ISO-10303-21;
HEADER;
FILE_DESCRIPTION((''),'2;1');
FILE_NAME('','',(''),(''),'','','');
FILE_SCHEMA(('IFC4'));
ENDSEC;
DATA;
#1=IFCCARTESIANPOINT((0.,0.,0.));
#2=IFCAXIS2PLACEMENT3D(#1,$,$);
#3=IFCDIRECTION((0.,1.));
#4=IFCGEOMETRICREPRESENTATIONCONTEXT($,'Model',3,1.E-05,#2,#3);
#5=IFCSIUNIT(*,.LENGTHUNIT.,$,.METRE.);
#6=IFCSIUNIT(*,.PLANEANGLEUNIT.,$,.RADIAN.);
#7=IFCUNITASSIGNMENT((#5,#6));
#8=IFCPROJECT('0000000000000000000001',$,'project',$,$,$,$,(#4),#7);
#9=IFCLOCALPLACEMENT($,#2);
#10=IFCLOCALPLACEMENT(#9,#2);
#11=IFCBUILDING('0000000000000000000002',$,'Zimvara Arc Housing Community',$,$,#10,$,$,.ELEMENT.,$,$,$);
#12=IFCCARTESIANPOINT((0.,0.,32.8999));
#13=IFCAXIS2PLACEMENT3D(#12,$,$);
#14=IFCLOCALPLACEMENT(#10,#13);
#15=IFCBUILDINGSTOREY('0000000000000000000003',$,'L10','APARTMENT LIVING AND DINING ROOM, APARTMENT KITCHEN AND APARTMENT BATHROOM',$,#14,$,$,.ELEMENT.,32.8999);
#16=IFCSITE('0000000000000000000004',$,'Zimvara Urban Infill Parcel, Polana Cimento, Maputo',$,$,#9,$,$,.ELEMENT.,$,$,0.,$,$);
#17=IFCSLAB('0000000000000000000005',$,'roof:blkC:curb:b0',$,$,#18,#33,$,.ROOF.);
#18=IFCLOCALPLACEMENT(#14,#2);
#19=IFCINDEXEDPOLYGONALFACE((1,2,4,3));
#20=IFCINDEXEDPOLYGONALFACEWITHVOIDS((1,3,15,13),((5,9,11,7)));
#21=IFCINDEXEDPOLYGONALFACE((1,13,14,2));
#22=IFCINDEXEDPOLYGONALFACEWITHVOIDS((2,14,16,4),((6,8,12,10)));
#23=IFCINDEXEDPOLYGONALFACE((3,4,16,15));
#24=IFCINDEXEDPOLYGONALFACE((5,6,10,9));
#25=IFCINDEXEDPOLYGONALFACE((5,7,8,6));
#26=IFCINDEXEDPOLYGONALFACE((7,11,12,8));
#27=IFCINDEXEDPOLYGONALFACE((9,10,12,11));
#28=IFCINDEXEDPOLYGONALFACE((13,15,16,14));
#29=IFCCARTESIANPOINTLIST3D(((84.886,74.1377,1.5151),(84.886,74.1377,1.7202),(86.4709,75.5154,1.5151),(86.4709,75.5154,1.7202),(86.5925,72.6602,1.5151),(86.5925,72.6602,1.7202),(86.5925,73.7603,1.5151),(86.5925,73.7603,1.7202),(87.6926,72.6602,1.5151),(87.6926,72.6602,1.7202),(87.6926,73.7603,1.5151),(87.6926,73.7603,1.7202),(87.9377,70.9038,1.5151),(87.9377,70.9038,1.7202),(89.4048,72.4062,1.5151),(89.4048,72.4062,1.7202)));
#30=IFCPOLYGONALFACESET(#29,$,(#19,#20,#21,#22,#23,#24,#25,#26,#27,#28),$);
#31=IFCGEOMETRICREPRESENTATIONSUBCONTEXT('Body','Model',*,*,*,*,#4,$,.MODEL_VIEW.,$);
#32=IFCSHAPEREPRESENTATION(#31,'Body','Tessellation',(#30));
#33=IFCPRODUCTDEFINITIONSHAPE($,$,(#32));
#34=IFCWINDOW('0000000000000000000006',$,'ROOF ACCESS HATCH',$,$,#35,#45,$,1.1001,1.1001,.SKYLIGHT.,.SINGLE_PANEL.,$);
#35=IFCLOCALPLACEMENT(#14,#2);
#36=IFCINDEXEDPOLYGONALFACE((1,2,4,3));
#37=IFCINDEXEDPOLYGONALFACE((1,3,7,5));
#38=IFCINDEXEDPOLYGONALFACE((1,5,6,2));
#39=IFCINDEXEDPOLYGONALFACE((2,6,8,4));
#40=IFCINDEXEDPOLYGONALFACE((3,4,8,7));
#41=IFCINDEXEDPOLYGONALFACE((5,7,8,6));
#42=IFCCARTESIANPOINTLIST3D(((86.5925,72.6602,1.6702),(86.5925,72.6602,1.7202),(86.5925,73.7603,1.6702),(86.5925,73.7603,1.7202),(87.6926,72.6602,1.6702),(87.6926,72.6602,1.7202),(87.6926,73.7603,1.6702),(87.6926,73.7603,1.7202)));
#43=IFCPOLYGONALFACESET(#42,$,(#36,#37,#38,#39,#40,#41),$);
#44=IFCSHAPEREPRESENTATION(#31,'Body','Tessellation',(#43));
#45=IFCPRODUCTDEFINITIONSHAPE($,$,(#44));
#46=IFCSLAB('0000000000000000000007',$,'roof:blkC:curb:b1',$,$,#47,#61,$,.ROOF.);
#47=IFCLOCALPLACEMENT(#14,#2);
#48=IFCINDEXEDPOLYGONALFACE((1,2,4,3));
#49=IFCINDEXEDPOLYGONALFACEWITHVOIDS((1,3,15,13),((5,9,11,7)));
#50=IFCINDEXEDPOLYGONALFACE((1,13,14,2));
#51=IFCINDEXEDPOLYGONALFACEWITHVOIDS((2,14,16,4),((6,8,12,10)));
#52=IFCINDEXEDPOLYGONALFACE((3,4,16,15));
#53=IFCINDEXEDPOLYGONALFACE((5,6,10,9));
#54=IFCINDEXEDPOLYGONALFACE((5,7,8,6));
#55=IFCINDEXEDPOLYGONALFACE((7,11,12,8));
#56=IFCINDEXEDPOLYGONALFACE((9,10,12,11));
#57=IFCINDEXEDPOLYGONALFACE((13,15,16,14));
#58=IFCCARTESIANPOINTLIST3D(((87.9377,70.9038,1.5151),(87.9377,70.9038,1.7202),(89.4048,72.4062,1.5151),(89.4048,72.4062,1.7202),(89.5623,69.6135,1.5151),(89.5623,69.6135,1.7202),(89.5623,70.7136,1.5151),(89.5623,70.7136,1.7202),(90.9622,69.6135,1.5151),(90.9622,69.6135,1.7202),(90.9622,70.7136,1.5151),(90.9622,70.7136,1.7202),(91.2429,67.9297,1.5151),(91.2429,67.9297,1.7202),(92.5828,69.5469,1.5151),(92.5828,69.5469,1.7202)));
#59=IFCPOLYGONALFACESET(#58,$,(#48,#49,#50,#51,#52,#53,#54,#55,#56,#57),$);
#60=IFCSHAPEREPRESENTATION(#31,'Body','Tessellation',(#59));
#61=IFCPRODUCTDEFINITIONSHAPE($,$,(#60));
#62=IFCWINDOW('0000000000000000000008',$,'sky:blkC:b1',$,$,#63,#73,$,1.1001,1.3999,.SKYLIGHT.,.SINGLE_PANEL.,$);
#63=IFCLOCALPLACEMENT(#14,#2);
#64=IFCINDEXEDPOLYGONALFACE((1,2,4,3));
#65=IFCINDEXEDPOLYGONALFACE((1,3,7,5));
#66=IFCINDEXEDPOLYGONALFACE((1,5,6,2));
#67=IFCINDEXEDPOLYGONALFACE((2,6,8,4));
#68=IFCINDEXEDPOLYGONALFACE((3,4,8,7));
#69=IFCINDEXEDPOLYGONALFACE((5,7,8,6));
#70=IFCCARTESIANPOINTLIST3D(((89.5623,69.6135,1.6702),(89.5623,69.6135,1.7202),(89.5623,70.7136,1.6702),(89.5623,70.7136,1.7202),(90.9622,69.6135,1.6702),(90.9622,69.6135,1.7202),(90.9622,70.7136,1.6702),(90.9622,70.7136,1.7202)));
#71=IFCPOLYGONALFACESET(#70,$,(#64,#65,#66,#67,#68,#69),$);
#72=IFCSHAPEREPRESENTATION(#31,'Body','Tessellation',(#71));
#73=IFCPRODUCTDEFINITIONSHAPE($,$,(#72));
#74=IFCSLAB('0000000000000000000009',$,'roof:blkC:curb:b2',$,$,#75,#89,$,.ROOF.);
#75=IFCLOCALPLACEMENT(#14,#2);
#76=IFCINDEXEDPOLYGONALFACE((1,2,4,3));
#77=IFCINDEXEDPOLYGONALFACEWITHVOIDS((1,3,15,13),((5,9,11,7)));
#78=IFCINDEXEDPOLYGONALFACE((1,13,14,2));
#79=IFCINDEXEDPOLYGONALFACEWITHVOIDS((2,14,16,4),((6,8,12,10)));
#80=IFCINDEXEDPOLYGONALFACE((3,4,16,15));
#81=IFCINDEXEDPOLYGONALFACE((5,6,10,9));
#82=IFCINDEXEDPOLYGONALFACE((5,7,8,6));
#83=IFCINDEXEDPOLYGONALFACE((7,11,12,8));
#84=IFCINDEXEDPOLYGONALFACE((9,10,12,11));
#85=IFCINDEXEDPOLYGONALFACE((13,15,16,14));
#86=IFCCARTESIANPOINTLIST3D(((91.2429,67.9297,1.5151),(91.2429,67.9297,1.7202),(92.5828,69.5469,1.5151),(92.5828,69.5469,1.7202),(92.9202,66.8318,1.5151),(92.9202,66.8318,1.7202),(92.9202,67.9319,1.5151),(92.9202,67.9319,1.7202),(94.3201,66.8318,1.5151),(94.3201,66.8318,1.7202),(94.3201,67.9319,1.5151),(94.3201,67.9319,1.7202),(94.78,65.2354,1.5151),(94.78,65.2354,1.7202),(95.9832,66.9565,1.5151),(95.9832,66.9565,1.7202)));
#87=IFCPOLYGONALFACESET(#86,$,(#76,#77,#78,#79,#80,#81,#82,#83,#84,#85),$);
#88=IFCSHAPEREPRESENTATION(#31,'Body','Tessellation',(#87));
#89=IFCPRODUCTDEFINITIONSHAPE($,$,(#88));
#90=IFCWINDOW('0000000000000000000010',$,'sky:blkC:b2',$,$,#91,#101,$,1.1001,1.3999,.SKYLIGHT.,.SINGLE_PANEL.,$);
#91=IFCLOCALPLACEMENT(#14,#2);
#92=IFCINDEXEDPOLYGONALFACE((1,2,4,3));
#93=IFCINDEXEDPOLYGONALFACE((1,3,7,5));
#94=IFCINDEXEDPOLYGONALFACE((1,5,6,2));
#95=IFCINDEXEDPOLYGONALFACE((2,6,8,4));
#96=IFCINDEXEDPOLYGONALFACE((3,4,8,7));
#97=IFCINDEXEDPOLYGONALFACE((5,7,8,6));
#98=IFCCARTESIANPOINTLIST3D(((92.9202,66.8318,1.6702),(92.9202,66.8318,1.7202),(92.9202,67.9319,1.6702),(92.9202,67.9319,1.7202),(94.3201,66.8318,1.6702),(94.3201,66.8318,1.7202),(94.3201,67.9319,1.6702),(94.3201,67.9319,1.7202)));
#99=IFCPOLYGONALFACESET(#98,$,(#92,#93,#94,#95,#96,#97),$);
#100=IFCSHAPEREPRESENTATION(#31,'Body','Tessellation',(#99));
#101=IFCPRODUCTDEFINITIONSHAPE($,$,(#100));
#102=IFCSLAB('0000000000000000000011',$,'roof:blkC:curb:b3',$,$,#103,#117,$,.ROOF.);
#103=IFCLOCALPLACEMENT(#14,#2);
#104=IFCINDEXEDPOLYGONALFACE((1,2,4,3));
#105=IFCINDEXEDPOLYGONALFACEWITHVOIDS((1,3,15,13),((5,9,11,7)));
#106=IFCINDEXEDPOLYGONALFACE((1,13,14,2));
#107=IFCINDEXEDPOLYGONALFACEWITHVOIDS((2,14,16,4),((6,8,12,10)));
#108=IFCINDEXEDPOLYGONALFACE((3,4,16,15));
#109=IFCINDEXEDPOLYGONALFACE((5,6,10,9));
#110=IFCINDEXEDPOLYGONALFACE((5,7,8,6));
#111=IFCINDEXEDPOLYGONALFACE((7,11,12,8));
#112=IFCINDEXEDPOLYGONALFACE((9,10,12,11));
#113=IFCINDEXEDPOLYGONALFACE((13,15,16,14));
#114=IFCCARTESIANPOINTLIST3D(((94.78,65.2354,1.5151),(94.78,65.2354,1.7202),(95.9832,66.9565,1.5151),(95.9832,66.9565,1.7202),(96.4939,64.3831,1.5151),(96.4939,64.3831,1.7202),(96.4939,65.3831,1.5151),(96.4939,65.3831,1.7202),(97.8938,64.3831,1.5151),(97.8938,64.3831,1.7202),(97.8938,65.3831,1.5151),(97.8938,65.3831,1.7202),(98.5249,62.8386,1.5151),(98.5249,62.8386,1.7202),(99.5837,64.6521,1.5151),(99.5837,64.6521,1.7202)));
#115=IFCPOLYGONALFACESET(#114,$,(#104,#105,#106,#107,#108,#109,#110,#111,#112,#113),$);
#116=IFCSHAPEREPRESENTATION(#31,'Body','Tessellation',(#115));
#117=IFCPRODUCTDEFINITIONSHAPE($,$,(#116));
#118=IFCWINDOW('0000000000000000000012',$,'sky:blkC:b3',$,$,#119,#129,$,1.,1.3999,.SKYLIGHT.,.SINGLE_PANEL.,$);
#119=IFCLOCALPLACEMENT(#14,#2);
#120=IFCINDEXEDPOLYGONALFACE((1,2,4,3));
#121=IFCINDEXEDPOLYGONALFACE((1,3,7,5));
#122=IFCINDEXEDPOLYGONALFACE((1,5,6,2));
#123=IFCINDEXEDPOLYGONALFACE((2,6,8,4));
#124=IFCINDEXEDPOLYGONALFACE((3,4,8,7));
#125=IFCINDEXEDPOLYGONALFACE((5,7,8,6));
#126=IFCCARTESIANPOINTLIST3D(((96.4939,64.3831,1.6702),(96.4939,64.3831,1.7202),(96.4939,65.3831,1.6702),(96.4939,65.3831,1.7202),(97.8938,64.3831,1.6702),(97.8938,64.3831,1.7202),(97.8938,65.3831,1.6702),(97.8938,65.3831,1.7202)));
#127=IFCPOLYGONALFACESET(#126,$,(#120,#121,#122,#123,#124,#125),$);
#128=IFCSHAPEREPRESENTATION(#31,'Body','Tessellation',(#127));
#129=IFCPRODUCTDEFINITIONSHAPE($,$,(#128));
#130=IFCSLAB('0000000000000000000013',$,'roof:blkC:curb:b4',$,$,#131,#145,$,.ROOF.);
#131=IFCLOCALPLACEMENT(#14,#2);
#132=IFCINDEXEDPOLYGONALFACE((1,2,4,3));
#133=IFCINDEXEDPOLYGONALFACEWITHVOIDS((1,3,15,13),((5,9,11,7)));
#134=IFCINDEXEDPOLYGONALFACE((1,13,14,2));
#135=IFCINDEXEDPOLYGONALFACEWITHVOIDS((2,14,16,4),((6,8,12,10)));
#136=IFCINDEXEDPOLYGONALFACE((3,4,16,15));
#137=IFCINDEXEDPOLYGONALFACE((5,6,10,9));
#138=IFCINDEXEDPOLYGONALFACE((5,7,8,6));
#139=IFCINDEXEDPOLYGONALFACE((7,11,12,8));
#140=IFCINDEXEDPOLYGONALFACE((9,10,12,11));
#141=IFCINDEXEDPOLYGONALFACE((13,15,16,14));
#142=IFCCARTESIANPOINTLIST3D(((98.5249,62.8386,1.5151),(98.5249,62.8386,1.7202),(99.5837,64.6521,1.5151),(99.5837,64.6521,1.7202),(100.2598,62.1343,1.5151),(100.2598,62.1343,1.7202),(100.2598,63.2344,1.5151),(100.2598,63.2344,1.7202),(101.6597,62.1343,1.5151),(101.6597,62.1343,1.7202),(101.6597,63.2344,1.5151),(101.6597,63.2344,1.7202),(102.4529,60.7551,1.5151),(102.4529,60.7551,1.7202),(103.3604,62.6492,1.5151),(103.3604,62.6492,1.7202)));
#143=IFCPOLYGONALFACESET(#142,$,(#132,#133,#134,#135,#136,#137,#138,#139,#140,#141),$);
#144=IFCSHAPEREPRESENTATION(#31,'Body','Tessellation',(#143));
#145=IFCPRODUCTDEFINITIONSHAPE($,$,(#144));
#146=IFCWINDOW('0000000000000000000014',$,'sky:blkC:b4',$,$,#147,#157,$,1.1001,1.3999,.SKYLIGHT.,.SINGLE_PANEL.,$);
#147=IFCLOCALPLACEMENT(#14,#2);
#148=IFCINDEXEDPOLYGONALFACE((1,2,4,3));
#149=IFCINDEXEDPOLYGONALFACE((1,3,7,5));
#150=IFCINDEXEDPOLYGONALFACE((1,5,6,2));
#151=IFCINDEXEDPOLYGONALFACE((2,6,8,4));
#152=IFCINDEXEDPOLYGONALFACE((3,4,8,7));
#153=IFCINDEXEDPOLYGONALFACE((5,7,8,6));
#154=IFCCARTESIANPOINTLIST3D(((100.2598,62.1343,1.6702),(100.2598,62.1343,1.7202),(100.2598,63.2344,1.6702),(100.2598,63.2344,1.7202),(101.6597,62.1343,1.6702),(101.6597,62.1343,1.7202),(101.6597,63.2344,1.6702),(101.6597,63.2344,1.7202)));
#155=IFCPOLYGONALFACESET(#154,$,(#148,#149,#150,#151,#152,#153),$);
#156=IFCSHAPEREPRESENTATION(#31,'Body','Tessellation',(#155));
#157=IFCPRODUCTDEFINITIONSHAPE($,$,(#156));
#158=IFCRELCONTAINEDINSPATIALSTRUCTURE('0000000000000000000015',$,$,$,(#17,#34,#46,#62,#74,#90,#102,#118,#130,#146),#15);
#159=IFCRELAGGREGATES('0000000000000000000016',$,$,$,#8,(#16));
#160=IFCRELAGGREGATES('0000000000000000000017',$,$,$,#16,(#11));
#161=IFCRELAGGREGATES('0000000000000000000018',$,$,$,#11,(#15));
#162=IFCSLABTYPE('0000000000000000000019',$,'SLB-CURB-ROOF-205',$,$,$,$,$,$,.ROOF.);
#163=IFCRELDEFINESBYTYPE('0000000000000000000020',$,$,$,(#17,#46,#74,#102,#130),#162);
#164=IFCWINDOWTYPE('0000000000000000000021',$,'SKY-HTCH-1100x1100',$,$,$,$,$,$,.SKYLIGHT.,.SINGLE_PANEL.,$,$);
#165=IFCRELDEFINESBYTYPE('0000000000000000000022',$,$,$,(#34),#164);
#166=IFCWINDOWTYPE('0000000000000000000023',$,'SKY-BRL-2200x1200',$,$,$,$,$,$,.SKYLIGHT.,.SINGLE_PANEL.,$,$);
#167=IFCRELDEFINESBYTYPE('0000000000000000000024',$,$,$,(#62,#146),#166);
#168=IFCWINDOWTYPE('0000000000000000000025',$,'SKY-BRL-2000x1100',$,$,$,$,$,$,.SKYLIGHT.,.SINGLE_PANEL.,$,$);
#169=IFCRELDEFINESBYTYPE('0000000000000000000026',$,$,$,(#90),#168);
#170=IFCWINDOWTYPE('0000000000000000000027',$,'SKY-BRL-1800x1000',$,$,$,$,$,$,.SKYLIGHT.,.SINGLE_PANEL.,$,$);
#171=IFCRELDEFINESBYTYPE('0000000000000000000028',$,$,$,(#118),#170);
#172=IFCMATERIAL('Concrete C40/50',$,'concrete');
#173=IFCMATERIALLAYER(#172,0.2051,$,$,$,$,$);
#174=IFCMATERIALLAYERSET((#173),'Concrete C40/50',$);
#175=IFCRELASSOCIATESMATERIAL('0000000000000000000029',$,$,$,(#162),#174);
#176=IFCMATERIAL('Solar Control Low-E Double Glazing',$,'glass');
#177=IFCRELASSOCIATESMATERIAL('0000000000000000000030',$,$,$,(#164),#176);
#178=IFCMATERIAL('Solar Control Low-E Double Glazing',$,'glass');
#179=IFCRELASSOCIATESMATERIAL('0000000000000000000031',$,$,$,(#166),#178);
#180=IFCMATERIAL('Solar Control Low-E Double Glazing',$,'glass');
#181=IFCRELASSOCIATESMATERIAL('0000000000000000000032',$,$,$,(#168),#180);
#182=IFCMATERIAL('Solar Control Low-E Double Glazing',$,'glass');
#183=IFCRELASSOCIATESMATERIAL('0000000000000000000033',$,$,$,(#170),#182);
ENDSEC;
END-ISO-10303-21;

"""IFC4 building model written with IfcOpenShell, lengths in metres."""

from ifc_helpers import new_model, si_unit, direction, frame, origin, origin_2d, place, context, subcontext, project, spatial, polyline, rectangle, outline, extrude, material, layer, layer_set, type_object, element, fill, save


model = new_model("IFC4")

# Units and contexts
model_context = context("Model", 3, precision=1e-05, world=origin(), true_north=direction((0.0, 1.0)))
body_context = subcontext(model_context, "Body", "Model", "MODEL_VIEW")
ifc_project = project(units=[si_unit("LENGTHUNIT", "METRE"), si_unit("PLANEANGLEUNIT", "RADIAN")], contexts=[model_context])

# Site, building, storey
site_placement = place(None, origin())
site = spatial("IfcSite", under=ifc_project, at=site_placement, Name="Zimvara Urban Infill Parcel, Polana Cimento, Maputo", CompositionType="ELEMENT", RefElevation=0.0)
building_placement = place(site_placement, origin())
building = spatial("IfcBuilding", under=site, at=building_placement, Name="Zimvara Arc Housing Community", CompositionType="ELEMENT")
storey_placement = place(building_placement, frame((0.0, 0.0, 32.8999)))
storey = spatial("IfcBuildingStorey", under=building, at=storey_placement, Name="L10", Description="APARTMENT LIVING AND DINING ROOM, APARTMENT KITCHEN AND APARTMENT BATHROOM", CompositionType="ELEMENT", Elevation=32.8999)

# Slabs, openings, windows
ifc_material_1 = material(Name="Concrete C40/50", Category="concrete")
ifc_layer_1 = layer(ifc_material_1, 0.2051)
ifc_layer_set_1 = layer_set([ifc_layer_1], Name="Concrete C40/50")
slab_type_1 = type_object("IfcSlabType", Name="SLB-CURB-ROOF-205", PredefinedType="ROOF", material=ifc_layer_set_1)
slab_1_placement = place(storey_placement, frame((0.0, 0.0, 1.5151)))
slab_1 = element("IfcSlab", 1, at=slab_1_placement, inside=storey, type_object=slab_type_1, Name="roof:blkC:curb:b0", PredefinedType="ROOF", context=body_context, shape_type="SweptSolid", body=[
    extrude(outline(polyline([(84.886, 74.1377), (87.9377, 70.9038), (89.4048, 72.4062), (86.4709, 75.5154), (84.886, 74.1377)])), origin(), (0.0, 0.0, 1.0), 0.2051),
])
opening_1_placement = place(slab_1_placement, frame((87.1426, 73.2102, 0.0)))
opening_1 = element("IfcOpeningElement", 2, at=opening_1_placement, cuts=slab_1, PredefinedType="OPENING", context=body_context, shape_type="SweptSolid", body=[
    extrude(rectangle(XDim=1.1001, YDim=1.1001, at=origin_2d()), origin(), (0.0, 0.0, 1.0), 0.2051),
])
ifc_material_2 = material(Name="Solar Control Low-E Double Glazing", Category="glass")
window_type_1 = type_object("IfcWindowType", Name="SKY-HTCH-1100x1100", PartitioningType="SINGLE_PANEL", PredefinedType="SKYLIGHT", material=ifc_material_2)
window_1_placement = place(opening_1_placement, frame((0.0, 0.0, 0.155)))
window_1 = element("IfcWindow", 3, at=window_1_placement, inside=storey, type_object=window_type_1, Name="ROOF ACCESS HATCH", OverallHeight=1.1001, OverallWidth=1.1001, PartitioningType="SINGLE_PANEL", PredefinedType="SKYLIGHT", context=body_context, shape_type="SweptSolid", body=[
    extrude(rectangle(XDim=1.1001, YDim=1.1001, at=origin_2d()), origin(), (0.0, 0.0, 1.0), 0.05),
])
fill(opening_1, window_1)
slab_2_placement = place(storey_placement, frame((0.0, 0.0, 1.5151)))
slab_2 = element("IfcSlab", 4, at=slab_2_placement, inside=storey, type_object=slab_type_1, Name="roof:blkC:curb:b1", PredefinedType="ROOF", context=body_context, shape_type="SweptSolid", body=[
    extrude(outline(polyline([(87.9377, 70.9038), (91.2429, 67.9297), (92.5828, 69.5469), (89.4048, 72.4062), (87.9377, 70.9038)])), origin(), (0.0, 0.0, 1.0), 0.2051),
])
opening_2_placement = place(slab_2_placement, frame((90.2622, 70.1636, 0.0)))
opening_2 = element("IfcOpeningElement", 5, at=opening_2_placement, cuts=slab_2, PredefinedType="OPENING", context=body_context, shape_type="SweptSolid", body=[
    extrude(rectangle(XDim=1.3999, YDim=1.1001, at=origin_2d()), origin(), (0.0, 0.0, 1.0), 0.2051),
])
ifc_material_3 = material(Name="Solar Control Low-E Double Glazing", Category="glass")
window_type_2 = type_object("IfcWindowType", Name="SKY-BRL-2200x1200", PartitioningType="SINGLE_PANEL", PredefinedType="SKYLIGHT", material=ifc_material_3)
window_2_placement = place(opening_2_placement, frame((0.0, 0.0, 0.155)))
window_2 = element("IfcWindow", 6, at=window_2_placement, inside=storey, type_object=window_type_2, Name="sky:blkC:b1", OverallHeight=1.1001, OverallWidth=1.3999, PartitioningType="SINGLE_PANEL", PredefinedType="SKYLIGHT", context=body_context, shape_type="SweptSolid", body=[
    extrude(rectangle(XDim=1.3999, YDim=1.1001, at=origin_2d()), origin(), (0.0, 0.0, 1.0), 0.05),
])
fill(opening_2, window_2)
slab_3_placement = place(storey_placement, frame((0.0, 0.0, 1.5151)))
slab_3 = element("IfcSlab", 7, at=slab_3_placement, inside=storey, type_object=slab_type_1, Name="roof:blkC:curb:b2", PredefinedType="ROOF", context=body_context, shape_type="SweptSolid", body=[
    extrude(outline(polyline([(91.2429, 67.9297), (94.78, 65.2354), (95.9832, 66.9565), (92.5828, 69.5469), (91.2429, 67.9297)])), origin(), (0.0, 0.0, 1.0), 0.2051),
])
opening_3_placement = place(slab_3_placement, frame((93.6201, 67.3818, 0.0)))
opening_3 = element("IfcOpeningElement", 8, at=opening_3_placement, cuts=slab_3, PredefinedType="OPENING", context=body_context, shape_type="SweptSolid", body=[
    extrude(rectangle(XDim=1.3999, YDim=1.1001, at=origin_2d()), origin(), (0.0, 0.0, 1.0), 0.2051),
])
ifc_material_4 = material(Name="Solar Control Low-E Double Glazing", Category="glass")
window_type_3 = type_object("IfcWindowType", Name="SKY-BRL-2000x1100", PartitioningType="SINGLE_PANEL", PredefinedType="SKYLIGHT", material=ifc_material_4)
window_3_placement = place(opening_3_placement, frame((0.0, 0.0, 0.155)))
window_3 = element("IfcWindow", 9, at=window_3_placement, inside=storey, type_object=window_type_3, Name="sky:blkC:b2", OverallHeight=1.1001, OverallWidth=1.3999, PartitioningType="SINGLE_PANEL", PredefinedType="SKYLIGHT", context=body_context, shape_type="SweptSolid", body=[
    extrude(rectangle(XDim=1.3999, YDim=1.1001, at=origin_2d()), origin(), (0.0, 0.0, 1.0), 0.05),
])
fill(opening_3, window_3)
slab_4_placement = place(storey_placement, frame((0.0, 0.0, 1.5151)))
slab_4 = element("IfcSlab", 10, at=slab_4_placement, inside=storey, type_object=slab_type_1, Name="roof:blkC:curb:b3", PredefinedType="ROOF", context=body_context, shape_type="SweptSolid", body=[
    extrude(outline(polyline([(94.78, 65.2354), (98.5249, 62.8386), (99.5837, 64.6521), (95.9832, 66.9565), (94.78, 65.2354)])), origin(), (0.0, 0.0, 1.0), 0.2051),
])
opening_4_placement = place(slab_4_placement, frame((97.1938, 64.8831, 0.0)))
opening_4 = element("IfcOpeningElement", 11, at=opening_4_placement, cuts=slab_4, PredefinedType="OPENING", context=body_context, shape_type="SweptSolid", body=[
    extrude(rectangle(XDim=1.3999, YDim=1.0, at=origin_2d()), origin(), (0.0, 0.0, 1.0), 0.2051),
])
ifc_material_5 = material(Name="Solar Control Low-E Double Glazing", Category="glass")
window_type_4 = type_object("IfcWindowType", Name="SKY-BRL-1800x1000", PartitioningType="SINGLE_PANEL", PredefinedType="SKYLIGHT", material=ifc_material_5)
window_4_placement = place(opening_4_placement, frame((0.0, 0.0, 0.155)))
window_4 = element("IfcWindow", 12, at=window_4_placement, inside=storey, type_object=window_type_4, Name="sky:blkC:b3", OverallHeight=1.0, OverallWidth=1.3999, PartitioningType="SINGLE_PANEL", PredefinedType="SKYLIGHT", context=body_context, shape_type="SweptSolid", body=[
    extrude(rectangle(XDim=1.3999, YDim=1.0, at=origin_2d()), origin(), (0.0, 0.0, 1.0), 0.05),
])
fill(opening_4, window_4)
slab_5_placement = place(storey_placement, frame((0.0, 0.0, 1.5151)))
slab_5 = element("IfcSlab", 13, at=slab_5_placement, inside=storey, type_object=slab_type_1, Name="roof:blkC:curb:b4", PredefinedType="ROOF", context=body_context, shape_type="SweptSolid", body=[
    extrude(outline(polyline([(98.5249, 62.8386), (102.4529, 60.7551), (103.3604, 62.6492), (99.5837, 64.6521), (98.5249, 62.8386)])), origin(), (0.0, 0.0, 1.0), 0.2051),
])
opening_5_placement = place(slab_5_placement, frame((100.9597, 62.6843, 0.0)))
opening_5 = element("IfcOpeningElement", 14, at=opening_5_placement, cuts=slab_5, PredefinedType="OPENING", context=body_context, shape_type="SweptSolid", body=[
    extrude(rectangle(XDim=1.3999, YDim=1.1001, at=origin_2d()), origin(), (0.0, 0.0, 1.0), 0.2051),
])
window_5_placement = place(opening_5_placement, frame((0.0, 0.0, 0.155)))
window_5 = element("IfcWindow", 15, at=window_5_placement, inside=storey, type_object=window_type_2, Name="sky:blkC:b4", OverallHeight=1.1001, OverallWidth=1.3999, PartitioningType="SINGLE_PANEL", PredefinedType="SKYLIGHT", context=body_context, shape_type="SweptSolid", body=[
    extrude(rectangle(XDim=1.3999, YDim=1.1001, at=origin_2d()), origin(), (0.0, 0.0, 1.0), 0.05),
])
fill(opening_5, window_5)

save(model, "model.ifc")
